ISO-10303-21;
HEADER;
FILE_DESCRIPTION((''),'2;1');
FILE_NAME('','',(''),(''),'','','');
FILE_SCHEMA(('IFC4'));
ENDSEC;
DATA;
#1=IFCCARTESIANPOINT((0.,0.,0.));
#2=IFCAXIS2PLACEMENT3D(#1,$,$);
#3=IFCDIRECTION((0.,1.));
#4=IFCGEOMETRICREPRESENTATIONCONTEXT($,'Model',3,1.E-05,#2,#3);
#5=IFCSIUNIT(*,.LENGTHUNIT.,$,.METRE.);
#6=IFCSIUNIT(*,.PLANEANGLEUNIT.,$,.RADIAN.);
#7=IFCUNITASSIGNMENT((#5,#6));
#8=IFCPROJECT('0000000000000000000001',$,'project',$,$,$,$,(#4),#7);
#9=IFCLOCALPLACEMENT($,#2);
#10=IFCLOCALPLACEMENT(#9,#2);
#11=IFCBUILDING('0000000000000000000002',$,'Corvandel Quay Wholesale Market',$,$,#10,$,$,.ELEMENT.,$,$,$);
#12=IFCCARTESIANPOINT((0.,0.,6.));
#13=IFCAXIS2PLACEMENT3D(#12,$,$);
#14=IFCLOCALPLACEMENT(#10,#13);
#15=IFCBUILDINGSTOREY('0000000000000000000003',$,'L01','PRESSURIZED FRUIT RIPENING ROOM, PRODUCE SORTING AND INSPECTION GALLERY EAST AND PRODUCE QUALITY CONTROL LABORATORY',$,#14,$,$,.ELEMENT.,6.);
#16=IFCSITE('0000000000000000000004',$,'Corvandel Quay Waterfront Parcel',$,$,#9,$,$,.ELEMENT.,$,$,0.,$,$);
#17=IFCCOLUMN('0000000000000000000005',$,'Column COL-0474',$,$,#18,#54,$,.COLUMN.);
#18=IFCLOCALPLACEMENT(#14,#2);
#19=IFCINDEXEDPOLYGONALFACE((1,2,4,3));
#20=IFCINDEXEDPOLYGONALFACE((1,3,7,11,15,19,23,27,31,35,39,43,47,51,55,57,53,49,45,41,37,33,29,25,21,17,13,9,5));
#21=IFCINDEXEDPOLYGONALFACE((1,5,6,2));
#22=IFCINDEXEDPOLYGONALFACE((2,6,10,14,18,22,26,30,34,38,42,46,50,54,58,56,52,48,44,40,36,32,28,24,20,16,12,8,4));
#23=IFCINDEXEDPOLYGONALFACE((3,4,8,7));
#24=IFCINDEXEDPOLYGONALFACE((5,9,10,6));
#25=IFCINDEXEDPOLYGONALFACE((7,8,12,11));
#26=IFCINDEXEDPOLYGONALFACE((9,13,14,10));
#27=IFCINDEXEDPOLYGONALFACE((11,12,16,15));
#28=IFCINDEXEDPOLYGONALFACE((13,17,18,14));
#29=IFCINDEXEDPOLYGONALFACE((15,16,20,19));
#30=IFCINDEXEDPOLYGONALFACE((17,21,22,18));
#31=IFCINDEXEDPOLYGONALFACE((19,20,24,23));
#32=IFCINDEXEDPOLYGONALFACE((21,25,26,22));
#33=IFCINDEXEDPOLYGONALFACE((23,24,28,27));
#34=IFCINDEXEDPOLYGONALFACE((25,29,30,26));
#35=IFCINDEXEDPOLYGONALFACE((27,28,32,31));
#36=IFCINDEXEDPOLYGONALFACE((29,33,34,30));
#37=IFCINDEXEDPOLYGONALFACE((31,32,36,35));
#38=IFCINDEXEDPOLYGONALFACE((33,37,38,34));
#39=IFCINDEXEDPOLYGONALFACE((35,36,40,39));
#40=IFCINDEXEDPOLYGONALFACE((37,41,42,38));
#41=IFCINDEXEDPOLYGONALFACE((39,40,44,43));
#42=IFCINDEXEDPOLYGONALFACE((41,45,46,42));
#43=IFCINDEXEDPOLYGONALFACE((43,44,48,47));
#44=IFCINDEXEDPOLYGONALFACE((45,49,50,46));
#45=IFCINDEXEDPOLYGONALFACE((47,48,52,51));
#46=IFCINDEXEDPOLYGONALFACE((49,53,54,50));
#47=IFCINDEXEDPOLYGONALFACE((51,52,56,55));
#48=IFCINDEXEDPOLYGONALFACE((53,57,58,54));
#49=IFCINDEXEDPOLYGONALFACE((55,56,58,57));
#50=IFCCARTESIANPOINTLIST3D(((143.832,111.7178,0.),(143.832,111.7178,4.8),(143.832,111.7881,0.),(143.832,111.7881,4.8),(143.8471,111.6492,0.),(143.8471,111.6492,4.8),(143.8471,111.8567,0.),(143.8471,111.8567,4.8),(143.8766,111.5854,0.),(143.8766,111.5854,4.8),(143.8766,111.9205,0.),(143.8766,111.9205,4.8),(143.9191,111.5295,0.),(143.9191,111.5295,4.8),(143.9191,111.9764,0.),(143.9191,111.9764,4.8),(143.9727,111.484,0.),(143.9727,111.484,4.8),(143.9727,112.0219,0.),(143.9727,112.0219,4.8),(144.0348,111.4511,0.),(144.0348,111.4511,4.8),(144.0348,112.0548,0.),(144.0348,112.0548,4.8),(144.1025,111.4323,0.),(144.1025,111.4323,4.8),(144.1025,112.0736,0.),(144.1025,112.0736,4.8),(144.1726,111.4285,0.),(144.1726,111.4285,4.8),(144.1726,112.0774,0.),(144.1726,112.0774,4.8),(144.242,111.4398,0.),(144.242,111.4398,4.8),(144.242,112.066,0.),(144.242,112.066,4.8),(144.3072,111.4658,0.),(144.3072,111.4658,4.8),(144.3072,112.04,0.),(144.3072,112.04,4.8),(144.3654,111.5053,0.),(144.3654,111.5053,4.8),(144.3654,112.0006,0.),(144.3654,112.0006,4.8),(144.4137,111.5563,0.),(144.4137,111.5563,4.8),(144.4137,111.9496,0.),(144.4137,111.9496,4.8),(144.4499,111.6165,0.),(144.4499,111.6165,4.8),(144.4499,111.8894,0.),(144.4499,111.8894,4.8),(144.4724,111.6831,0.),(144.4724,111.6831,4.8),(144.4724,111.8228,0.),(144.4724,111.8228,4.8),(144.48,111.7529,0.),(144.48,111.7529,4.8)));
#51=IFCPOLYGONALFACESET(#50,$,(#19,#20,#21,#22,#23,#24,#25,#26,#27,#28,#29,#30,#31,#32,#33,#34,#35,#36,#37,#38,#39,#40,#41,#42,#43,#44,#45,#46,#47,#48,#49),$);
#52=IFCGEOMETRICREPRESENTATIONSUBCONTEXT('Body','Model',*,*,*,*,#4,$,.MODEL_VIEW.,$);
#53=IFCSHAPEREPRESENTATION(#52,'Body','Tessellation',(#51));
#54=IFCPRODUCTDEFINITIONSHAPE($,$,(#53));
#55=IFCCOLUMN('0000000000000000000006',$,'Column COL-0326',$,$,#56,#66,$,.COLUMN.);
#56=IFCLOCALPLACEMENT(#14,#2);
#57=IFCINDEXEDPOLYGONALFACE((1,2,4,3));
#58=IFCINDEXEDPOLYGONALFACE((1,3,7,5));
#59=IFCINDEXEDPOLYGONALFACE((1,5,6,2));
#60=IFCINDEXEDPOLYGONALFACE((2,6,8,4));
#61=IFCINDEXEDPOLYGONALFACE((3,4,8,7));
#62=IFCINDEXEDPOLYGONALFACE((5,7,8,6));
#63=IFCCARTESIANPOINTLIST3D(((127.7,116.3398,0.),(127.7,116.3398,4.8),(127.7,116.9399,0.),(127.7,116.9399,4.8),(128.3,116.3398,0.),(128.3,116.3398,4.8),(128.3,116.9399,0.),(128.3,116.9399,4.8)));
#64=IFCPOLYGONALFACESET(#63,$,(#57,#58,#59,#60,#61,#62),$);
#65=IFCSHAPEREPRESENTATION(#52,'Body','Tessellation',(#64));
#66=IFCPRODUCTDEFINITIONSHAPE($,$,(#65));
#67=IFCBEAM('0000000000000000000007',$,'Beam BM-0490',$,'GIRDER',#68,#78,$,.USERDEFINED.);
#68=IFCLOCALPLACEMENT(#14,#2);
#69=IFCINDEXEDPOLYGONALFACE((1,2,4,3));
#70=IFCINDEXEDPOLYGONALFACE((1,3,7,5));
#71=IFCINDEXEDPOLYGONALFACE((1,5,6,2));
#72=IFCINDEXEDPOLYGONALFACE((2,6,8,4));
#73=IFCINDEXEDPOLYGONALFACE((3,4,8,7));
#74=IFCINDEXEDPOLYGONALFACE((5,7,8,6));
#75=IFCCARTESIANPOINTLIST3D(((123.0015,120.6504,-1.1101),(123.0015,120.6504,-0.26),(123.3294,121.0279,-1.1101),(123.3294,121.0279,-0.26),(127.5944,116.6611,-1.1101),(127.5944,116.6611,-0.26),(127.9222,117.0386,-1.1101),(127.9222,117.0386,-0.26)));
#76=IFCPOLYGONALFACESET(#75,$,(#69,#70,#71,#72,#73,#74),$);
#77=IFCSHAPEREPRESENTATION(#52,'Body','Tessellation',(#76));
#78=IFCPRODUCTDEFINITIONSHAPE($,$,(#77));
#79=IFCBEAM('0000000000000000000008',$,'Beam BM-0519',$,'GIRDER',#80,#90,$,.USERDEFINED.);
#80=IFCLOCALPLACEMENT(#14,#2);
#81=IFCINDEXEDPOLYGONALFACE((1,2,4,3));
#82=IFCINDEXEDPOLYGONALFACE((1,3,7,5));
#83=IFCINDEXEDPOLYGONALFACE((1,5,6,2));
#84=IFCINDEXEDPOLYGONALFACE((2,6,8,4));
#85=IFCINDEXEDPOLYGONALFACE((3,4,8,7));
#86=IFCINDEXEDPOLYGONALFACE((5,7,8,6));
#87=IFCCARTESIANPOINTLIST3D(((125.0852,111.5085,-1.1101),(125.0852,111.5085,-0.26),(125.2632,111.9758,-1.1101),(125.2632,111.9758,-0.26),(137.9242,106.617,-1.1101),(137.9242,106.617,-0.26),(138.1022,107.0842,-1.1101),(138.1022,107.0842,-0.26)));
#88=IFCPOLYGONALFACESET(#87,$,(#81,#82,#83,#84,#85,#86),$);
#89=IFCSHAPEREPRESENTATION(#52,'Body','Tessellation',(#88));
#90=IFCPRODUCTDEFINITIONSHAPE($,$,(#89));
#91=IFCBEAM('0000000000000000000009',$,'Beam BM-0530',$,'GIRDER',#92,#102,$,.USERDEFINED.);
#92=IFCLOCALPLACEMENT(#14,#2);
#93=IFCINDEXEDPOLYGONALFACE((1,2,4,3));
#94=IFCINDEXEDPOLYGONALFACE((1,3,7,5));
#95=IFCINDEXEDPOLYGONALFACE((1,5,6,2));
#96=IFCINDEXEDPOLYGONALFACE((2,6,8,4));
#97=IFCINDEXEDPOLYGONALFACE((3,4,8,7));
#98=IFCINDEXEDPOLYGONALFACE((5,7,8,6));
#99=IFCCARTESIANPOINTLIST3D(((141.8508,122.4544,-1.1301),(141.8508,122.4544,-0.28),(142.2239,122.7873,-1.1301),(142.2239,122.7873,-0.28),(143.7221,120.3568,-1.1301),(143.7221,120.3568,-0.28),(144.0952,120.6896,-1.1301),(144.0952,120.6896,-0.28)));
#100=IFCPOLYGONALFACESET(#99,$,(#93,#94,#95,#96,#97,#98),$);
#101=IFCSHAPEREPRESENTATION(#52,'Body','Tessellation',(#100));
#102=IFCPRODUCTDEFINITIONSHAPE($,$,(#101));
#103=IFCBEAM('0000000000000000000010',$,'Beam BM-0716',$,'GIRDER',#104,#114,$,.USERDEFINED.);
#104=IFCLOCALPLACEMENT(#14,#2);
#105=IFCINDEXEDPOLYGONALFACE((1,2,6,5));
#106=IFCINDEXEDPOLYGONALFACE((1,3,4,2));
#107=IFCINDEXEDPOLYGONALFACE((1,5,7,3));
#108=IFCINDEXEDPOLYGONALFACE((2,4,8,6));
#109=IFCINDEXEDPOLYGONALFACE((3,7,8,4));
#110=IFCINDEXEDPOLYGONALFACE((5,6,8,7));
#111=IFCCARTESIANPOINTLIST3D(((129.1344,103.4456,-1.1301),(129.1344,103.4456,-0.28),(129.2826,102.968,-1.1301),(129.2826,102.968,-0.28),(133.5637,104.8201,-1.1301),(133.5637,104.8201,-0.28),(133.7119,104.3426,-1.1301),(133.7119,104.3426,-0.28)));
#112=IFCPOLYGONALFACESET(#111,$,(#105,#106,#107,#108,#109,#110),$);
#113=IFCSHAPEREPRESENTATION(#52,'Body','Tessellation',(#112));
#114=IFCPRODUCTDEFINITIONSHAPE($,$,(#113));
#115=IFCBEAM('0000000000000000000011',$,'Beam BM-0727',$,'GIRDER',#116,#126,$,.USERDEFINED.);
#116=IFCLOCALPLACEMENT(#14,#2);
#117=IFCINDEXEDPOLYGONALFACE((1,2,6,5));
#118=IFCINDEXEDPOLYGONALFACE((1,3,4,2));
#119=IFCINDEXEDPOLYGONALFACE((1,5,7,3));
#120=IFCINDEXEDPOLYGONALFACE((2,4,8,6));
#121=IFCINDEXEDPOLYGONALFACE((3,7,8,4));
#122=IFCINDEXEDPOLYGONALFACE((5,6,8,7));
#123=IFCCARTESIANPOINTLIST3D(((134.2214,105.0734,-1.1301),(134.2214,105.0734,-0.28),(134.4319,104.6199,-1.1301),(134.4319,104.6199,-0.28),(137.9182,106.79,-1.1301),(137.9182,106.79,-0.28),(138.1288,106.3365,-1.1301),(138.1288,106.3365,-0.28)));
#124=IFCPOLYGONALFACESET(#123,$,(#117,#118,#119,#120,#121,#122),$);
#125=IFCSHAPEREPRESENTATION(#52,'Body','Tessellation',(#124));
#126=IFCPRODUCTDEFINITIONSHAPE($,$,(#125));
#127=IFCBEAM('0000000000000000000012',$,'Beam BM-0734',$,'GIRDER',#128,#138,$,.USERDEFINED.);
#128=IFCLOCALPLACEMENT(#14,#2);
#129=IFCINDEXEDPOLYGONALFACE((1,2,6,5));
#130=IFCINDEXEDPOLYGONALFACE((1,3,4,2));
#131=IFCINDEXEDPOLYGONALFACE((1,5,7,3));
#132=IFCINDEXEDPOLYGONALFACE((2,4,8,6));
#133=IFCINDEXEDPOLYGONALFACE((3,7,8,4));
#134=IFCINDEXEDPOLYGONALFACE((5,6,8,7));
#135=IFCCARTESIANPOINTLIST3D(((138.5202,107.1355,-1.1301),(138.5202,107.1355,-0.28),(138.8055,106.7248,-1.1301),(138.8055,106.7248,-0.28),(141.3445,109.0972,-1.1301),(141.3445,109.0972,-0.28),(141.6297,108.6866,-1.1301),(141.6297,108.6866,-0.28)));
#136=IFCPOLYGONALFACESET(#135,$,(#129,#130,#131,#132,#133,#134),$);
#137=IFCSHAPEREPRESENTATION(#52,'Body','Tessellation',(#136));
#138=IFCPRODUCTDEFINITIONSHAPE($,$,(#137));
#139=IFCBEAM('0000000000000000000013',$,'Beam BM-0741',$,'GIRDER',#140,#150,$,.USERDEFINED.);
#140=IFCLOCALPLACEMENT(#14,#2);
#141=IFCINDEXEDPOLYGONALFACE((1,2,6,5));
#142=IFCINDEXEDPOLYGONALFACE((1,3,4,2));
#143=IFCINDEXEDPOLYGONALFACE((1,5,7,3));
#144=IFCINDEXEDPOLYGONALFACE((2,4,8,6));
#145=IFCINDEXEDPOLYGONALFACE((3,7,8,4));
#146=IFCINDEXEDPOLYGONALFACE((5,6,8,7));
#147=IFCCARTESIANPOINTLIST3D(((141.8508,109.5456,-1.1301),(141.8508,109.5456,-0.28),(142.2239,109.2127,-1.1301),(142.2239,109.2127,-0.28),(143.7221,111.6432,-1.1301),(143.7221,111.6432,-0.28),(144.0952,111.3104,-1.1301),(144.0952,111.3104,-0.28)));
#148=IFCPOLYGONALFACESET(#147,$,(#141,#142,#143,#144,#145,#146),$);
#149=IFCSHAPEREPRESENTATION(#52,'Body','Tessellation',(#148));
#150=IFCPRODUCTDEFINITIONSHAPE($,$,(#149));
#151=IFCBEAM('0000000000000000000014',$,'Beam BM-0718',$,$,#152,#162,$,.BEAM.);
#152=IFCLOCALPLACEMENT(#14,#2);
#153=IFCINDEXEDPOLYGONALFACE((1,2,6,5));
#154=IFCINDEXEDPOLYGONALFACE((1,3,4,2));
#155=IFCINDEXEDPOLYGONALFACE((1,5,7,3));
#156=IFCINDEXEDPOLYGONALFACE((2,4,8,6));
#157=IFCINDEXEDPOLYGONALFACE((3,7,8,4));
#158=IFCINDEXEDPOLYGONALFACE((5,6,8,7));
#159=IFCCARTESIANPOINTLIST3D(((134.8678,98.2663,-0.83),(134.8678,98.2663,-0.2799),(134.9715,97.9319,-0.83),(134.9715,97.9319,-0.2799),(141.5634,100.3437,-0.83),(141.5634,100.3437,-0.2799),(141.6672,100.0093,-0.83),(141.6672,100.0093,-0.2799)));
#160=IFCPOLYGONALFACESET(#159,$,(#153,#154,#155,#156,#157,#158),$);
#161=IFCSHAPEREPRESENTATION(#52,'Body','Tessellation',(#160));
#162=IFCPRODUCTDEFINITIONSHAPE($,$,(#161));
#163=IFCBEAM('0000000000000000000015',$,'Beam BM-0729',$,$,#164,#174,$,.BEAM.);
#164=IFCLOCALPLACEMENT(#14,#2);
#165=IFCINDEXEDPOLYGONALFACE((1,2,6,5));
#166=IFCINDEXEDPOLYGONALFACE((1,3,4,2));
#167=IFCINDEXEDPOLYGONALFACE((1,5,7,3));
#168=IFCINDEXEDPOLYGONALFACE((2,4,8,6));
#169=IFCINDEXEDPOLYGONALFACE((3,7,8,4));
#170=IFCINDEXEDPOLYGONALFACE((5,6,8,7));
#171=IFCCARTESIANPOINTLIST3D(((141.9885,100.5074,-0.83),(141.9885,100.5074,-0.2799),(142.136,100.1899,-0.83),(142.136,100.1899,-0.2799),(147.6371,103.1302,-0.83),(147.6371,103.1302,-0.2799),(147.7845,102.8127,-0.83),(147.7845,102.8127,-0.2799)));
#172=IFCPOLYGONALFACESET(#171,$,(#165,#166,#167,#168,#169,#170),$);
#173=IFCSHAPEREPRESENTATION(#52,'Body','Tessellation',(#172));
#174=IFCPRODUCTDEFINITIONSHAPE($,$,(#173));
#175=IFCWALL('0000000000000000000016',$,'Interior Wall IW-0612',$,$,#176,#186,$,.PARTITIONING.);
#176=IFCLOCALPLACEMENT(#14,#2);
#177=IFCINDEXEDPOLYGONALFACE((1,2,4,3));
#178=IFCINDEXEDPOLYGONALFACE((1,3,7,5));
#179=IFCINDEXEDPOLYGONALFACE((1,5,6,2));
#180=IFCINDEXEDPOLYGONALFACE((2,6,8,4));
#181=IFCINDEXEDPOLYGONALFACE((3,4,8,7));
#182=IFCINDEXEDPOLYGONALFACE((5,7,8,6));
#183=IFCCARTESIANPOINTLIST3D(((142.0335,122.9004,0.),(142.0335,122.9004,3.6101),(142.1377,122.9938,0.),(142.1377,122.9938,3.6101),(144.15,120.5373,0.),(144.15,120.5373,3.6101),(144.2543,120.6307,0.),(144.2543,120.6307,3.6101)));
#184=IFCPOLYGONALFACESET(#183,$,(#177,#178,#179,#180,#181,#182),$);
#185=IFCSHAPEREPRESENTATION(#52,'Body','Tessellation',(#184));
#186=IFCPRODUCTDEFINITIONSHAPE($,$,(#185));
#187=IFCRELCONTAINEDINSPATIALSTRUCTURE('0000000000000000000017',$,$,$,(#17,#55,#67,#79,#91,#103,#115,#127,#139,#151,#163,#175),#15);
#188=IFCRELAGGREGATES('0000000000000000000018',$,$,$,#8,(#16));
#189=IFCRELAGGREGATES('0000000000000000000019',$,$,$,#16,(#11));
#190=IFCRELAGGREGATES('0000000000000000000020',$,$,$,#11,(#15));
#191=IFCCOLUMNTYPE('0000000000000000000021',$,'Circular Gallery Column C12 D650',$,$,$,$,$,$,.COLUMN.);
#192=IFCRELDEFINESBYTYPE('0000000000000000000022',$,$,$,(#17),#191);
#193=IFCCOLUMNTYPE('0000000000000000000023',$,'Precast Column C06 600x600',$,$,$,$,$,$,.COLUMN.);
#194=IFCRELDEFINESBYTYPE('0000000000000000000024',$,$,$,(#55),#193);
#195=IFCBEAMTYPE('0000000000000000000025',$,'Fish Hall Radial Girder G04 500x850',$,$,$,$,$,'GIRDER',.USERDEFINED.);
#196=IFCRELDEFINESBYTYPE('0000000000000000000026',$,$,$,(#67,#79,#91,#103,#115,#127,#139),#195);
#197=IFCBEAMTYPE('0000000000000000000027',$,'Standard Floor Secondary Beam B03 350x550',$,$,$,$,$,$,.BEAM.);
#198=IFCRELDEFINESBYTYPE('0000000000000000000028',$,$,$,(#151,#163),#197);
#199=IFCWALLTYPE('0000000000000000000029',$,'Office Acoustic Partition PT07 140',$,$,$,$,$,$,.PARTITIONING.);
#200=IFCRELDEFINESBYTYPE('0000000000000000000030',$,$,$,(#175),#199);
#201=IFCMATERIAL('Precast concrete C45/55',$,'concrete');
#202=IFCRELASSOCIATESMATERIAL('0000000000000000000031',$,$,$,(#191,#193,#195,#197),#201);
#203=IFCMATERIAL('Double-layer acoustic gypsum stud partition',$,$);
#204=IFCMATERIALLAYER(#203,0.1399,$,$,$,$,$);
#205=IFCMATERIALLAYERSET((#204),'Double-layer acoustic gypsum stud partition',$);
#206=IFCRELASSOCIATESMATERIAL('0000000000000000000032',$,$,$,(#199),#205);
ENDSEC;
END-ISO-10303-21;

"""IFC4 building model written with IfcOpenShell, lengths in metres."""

from ifc_helpers import new_model, si_unit, direction, frame, frame_2d, origin, origin_2d, place, context, subcontext, project, spatial, rectangle, circle, extrude, material, layer, layer_set, material_profile, profile_set, type_object, element, save


model = new_model("IFC4")

# Units and contexts
model_context = context("Model", 3, precision=1e-05, world=origin(), true_north=direction((0.0, 1.0)))
body_context = subcontext(model_context, "Body", "Model", "MODEL_VIEW")
ifc_project = project(units=[si_unit("LENGTHUNIT", "METRE"), si_unit("PLANEANGLEUNIT", "RADIAN")], contexts=[model_context])

# Site, building, storey
site_placement = place(None, origin())
site = spatial("IfcSite", under=ifc_project, at=site_placement, Name="Corvandel Quay Waterfront Parcel", CompositionType="ELEMENT", RefElevation=0.0)
building_placement = place(site_placement, origin())
building = spatial("IfcBuilding", under=site, at=building_placement, Name="Corvandel Quay Wholesale Market", CompositionType="ELEMENT")
storey_placement = place(building_placement, frame((0.0, 0.0, 6.0)))
storey = spatial("IfcBuildingStorey", under=building, at=storey_placement, Name="L01", Description="PRESSURIZED FRUIT RIPENING ROOM, PRODUCE SORTING AND INSPECTION GALLERY EAST AND PRODUCE QUALITY CONTROL LABORATORY", CompositionType="ELEMENT", Elevation=6.0)

# Columns
ifc_material_1 = material(Name="Precast concrete C45/55", Category="concrete")
ifc_material_profile_1 = material_profile(ifc_material_1, circle(Radius=0.325, at=origin_2d()), Name="PC-COL-D650")
ifc_profile_set_1 = profile_set([ifc_material_profile_1], Name="Precast concrete C45/55")
column_type_1 = type_object("IfcColumnType", Name="Circular Gallery Column C12 D650", PredefinedType="COLUMN", material=ifc_profile_set_1)
for number, where, z_axis, x_axis, name in (
    (1, (144.155, 111.7529, 0.0), (0.0, 0.0, 1.0), (1.0, 0.0, 0.0), "Column COL-0474"),
):
    element("IfcColumn", number, at=place(storey_placement, frame(where, z_axis=z_axis, x_axis=x_axis)), inside=storey, type_object=column_type_1, Name=name, PredefinedType="COLUMN", context=body_context, shape_type="SweptSolid", body=[
        extrude(circle(Radius=0.325, at=origin_2d()), origin(), (0.0, 0.0, 1.0), 4.8),
    ])
ifc_material_profile_2 = material_profile(ifc_material_1, rectangle(XDim=0.6001, YDim=0.6001, at=origin_2d()), Name="PC-COL-600x600")
ifc_profile_set_2 = profile_set([ifc_material_profile_2], Name="Precast concrete C45/55")
column_type_2 = type_object("IfcColumnType", Name="Precast Column C06 600x600", PredefinedType="COLUMN", material=ifc_profile_set_2)
column_placement = place(storey_placement, frame((128.0, 116.6399, 0.0), z_axis=(0.0, 0.0, 1.0), x_axis=(1.0, 0.0, 0.0)))
element("IfcColumn", 2, at=column_placement, inside=storey, type_object=column_type_2, Name="Column COL-0326", PredefinedType="COLUMN", context=body_context, shape_type="SweptSolid", body=[
    extrude(rectangle(XDim=0.6001, YDim=0.6001, at=origin_2d()), origin(), (0.0, 0.0, 1.0), 4.8),
])

# Beams
ifc_material_profile_3 = material_profile(ifc_material_1, rectangle(XDim=0.5, YDim=0.8501, at=origin_2d()), Name="PC-GIR-500x850")
ifc_profile_set_3 = profile_set([ifc_material_profile_3], Name="Precast concrete C45/55")
beam_type_1 = type_object("IfcBeamType", Name="Fish Hall Radial Girder G04 500x850", ElementType="GIRDER", PredefinedType="USERDEFINED", material=ifc_profile_set_3)
beam_1_placement = place(storey_placement, frame((127.7583, 116.8499, -0.6851), z_axis=(-0.754968, 0.655761, 0.0), x_axis=(-0.655761, -0.754968, 0.0)))
element("IfcBeam", 3, at=beam_1_placement, inside=storey, type_object=beam_type_1, Name="Beam BM-0490", ObjectType="GIRDER", PredefinedType="USERDEFINED", context=body_context, shape_type="SweptSolid", body=[
    extrude(rectangle(XDim=0.5, YDim=0.8501, at=origin_2d()), origin(), (0.0, 0.0, 1.0), 6.0835),
])
beam_2_placement = place(storey_placement, frame((138.0132, 106.8506, -0.6851), z_axis=(-0.934475, 0.356028, 0.0), x_axis=(-0.356028, -0.934475, 0.0)))
element("IfcBeam", 4, at=beam_2_placement, inside=storey, type_object=beam_type_1, Name="Beam BM-0519", ObjectType="GIRDER", PredefinedType="USERDEFINED", context=body_context, shape_type="SweptSolid", body=[
    extrude(rectangle(XDim=0.5, YDim=0.8501, at=origin_2d()), origin(), (0.0, 0.0, 1.0), 13.7393),
])
beam_3_placement = place(storey_placement, frame((143.9087, 120.5232, -0.7051), z_axis=(-0.665705, 0.746215, 0.0), x_axis=(-0.746215, -0.665705, 0.0)))
element("IfcBeam", 5, at=beam_3_placement, inside=storey, type_object=beam_type_1, Name="Beam BM-0530", ObjectType="GIRDER", PredefinedType="USERDEFINED", context=body_context, shape_type="SweptSolid", body=[
    extrude(rectangle(XDim=0.5, YDim=0.8501, at=origin_2d()), origin(), (0.0, 0.0, 1.0), 2.811),
])
beam_4_placement = place(storey_placement, frame((129.2085, 103.2068, -0.7051), z_axis=(0.955068, 0.296386, 0.0), x_axis=(-0.296386, 0.955068, 0.0)))
element("IfcBeam", 6, at=beam_4_placement, inside=storey, type_object=beam_type_1, Name="Beam BM-0716", ObjectType="GIRDER", PredefinedType="USERDEFINED", context=body_context, shape_type="SweptSolid", body=[
    extrude(rectangle(XDim=0.5, YDim=0.8501, at=origin_2d()), origin(), (0.0, 0.0, 1.0), 4.6377),
])
beam_5_placement = place(storey_placement, frame((134.3267, 104.8467, -0.7051), z_axis=(0.906991, 0.42115, 0.0), x_axis=(-0.42115, 0.906991, 0.0)))
element("IfcBeam", 7, at=beam_5_placement, inside=storey, type_object=beam_type_1, Name="Beam BM-0727", ObjectType="GIRDER", PredefinedType="USERDEFINED", context=body_context, shape_type="SweptSolid", body=[
    extrude(rectangle(XDim=0.5, YDim=0.8501, at=origin_2d()), origin(), (0.0, 0.0, 1.0), 4.0759),
])
beam_6_placement = place(storey_placement, frame((138.6628, 106.9302, -0.7051), z_axis=(0.821315, 0.570476, 0.0), x_axis=(-0.570476, 0.821315, 0.0)))
element("IfcBeam", 8, at=beam_6_placement, inside=storey, type_object=beam_type_1, Name="Beam BM-0734", ObjectType="GIRDER", PredefinedType="USERDEFINED", context=body_context, shape_type="SweptSolid", body=[
    extrude(rectangle(XDim=0.5, YDim=0.8501, at=origin_2d()), origin(), (0.0, 0.0, 1.0), 3.4387),
])
beam_7_placement = place(storey_placement, frame((142.0374, 109.3792, -0.7051), z_axis=(0.665705, 0.746215, 0.0), x_axis=(-0.746215, 0.665705, 0.0)))
element("IfcBeam", 9, at=beam_7_placement, inside=storey, type_object=beam_type_1, Name="Beam BM-0741", ObjectType="GIRDER", PredefinedType="USERDEFINED", context=body_context, shape_type="SweptSolid", body=[
    extrude(rectangle(XDim=0.5, YDim=0.8501, at=origin_2d()), origin(), (0.0, 0.0, 1.0), 2.811),
])
ifc_material_profile_4 = material_profile(ifc_material_1, rectangle(XDim=0.3501, YDim=0.55, at=origin_2d()), Name="PC-BM-350x550")
ifc_profile_set_4 = profile_set([ifc_material_profile_4], Name="Precast concrete C45/55")
beam_type_2 = type_object("IfcBeamType", Name="Standard Floor Secondary Beam B03 350x550", PredefinedType="BEAM", material=ifc_profile_set_4)
beam_8_placement = place(storey_placement, frame((134.9197, 98.0991, -0.5549), z_axis=(0.955086, 0.296329, 0.0), x_axis=(-0.296329, 0.955086, 0.0)))
element("IfcBeam", 10, at=beam_8_placement, inside=storey, type_object=beam_type_2, Name="Beam BM-0718", PredefinedType="BEAM", context=body_context, shape_type="SweptSolid", body=[
    extrude(rectangle(XDim=0.3501, YDim=0.55, at=origin_2d()), origin(), (0.0, 0.0, 1.0), 7.0105),
])
beam_9_placement = place(storey_placement, frame((142.0623, 100.3486, -0.5549), z_axis=(0.90699, 0.421153, 0.0), x_axis=(-0.421153, 0.90699, 0.0)))
element("IfcBeam", 11, at=beam_9_placement, inside=storey, type_object=beam_type_2, Name="Beam BM-0729", PredefinedType="BEAM", context=body_context, shape_type="SweptSolid", body=[
    extrude(rectangle(XDim=0.3501, YDim=0.55, at=origin_2d()), origin(), (0.0, 0.0, 1.0), 6.2278),
])

# Wall
ifc_material_2 = material(Name="Double-layer acoustic gypsum stud partition")
ifc_layer_1 = layer(ifc_material_2, 0.1399)
ifc_layer_set_1 = layer_set([ifc_layer_1], Name="Double-layer acoustic gypsum stud partition")
wall_type_1 = type_object("IfcWallType", Name="Office Acoustic Partition PT07 140", PredefinedType="PARTITIONING", material=ifc_layer_set_1)
wall_1_placement = place(storey_placement, frame((144.2021, 120.584, 0.0), z_axis=(0.0, 0.0, 1.0), x_axis=(-0.667173, 0.744903, 0.0)))
element("IfcWall", 12, at=wall_1_placement, inside=storey, type_object=wall_type_1, Name="Interior Wall IW-0612", PredefinedType="PARTITIONING", context=body_context, shape_type="SweptSolid", body=[
    extrude(rectangle(XDim=3.1724, YDim=0.1399, at=frame_2d((1.5862, 0.0))), origin(), (0.0, 0.0, 1.0), 3.6101),
])

save(model, "model.ifc")
